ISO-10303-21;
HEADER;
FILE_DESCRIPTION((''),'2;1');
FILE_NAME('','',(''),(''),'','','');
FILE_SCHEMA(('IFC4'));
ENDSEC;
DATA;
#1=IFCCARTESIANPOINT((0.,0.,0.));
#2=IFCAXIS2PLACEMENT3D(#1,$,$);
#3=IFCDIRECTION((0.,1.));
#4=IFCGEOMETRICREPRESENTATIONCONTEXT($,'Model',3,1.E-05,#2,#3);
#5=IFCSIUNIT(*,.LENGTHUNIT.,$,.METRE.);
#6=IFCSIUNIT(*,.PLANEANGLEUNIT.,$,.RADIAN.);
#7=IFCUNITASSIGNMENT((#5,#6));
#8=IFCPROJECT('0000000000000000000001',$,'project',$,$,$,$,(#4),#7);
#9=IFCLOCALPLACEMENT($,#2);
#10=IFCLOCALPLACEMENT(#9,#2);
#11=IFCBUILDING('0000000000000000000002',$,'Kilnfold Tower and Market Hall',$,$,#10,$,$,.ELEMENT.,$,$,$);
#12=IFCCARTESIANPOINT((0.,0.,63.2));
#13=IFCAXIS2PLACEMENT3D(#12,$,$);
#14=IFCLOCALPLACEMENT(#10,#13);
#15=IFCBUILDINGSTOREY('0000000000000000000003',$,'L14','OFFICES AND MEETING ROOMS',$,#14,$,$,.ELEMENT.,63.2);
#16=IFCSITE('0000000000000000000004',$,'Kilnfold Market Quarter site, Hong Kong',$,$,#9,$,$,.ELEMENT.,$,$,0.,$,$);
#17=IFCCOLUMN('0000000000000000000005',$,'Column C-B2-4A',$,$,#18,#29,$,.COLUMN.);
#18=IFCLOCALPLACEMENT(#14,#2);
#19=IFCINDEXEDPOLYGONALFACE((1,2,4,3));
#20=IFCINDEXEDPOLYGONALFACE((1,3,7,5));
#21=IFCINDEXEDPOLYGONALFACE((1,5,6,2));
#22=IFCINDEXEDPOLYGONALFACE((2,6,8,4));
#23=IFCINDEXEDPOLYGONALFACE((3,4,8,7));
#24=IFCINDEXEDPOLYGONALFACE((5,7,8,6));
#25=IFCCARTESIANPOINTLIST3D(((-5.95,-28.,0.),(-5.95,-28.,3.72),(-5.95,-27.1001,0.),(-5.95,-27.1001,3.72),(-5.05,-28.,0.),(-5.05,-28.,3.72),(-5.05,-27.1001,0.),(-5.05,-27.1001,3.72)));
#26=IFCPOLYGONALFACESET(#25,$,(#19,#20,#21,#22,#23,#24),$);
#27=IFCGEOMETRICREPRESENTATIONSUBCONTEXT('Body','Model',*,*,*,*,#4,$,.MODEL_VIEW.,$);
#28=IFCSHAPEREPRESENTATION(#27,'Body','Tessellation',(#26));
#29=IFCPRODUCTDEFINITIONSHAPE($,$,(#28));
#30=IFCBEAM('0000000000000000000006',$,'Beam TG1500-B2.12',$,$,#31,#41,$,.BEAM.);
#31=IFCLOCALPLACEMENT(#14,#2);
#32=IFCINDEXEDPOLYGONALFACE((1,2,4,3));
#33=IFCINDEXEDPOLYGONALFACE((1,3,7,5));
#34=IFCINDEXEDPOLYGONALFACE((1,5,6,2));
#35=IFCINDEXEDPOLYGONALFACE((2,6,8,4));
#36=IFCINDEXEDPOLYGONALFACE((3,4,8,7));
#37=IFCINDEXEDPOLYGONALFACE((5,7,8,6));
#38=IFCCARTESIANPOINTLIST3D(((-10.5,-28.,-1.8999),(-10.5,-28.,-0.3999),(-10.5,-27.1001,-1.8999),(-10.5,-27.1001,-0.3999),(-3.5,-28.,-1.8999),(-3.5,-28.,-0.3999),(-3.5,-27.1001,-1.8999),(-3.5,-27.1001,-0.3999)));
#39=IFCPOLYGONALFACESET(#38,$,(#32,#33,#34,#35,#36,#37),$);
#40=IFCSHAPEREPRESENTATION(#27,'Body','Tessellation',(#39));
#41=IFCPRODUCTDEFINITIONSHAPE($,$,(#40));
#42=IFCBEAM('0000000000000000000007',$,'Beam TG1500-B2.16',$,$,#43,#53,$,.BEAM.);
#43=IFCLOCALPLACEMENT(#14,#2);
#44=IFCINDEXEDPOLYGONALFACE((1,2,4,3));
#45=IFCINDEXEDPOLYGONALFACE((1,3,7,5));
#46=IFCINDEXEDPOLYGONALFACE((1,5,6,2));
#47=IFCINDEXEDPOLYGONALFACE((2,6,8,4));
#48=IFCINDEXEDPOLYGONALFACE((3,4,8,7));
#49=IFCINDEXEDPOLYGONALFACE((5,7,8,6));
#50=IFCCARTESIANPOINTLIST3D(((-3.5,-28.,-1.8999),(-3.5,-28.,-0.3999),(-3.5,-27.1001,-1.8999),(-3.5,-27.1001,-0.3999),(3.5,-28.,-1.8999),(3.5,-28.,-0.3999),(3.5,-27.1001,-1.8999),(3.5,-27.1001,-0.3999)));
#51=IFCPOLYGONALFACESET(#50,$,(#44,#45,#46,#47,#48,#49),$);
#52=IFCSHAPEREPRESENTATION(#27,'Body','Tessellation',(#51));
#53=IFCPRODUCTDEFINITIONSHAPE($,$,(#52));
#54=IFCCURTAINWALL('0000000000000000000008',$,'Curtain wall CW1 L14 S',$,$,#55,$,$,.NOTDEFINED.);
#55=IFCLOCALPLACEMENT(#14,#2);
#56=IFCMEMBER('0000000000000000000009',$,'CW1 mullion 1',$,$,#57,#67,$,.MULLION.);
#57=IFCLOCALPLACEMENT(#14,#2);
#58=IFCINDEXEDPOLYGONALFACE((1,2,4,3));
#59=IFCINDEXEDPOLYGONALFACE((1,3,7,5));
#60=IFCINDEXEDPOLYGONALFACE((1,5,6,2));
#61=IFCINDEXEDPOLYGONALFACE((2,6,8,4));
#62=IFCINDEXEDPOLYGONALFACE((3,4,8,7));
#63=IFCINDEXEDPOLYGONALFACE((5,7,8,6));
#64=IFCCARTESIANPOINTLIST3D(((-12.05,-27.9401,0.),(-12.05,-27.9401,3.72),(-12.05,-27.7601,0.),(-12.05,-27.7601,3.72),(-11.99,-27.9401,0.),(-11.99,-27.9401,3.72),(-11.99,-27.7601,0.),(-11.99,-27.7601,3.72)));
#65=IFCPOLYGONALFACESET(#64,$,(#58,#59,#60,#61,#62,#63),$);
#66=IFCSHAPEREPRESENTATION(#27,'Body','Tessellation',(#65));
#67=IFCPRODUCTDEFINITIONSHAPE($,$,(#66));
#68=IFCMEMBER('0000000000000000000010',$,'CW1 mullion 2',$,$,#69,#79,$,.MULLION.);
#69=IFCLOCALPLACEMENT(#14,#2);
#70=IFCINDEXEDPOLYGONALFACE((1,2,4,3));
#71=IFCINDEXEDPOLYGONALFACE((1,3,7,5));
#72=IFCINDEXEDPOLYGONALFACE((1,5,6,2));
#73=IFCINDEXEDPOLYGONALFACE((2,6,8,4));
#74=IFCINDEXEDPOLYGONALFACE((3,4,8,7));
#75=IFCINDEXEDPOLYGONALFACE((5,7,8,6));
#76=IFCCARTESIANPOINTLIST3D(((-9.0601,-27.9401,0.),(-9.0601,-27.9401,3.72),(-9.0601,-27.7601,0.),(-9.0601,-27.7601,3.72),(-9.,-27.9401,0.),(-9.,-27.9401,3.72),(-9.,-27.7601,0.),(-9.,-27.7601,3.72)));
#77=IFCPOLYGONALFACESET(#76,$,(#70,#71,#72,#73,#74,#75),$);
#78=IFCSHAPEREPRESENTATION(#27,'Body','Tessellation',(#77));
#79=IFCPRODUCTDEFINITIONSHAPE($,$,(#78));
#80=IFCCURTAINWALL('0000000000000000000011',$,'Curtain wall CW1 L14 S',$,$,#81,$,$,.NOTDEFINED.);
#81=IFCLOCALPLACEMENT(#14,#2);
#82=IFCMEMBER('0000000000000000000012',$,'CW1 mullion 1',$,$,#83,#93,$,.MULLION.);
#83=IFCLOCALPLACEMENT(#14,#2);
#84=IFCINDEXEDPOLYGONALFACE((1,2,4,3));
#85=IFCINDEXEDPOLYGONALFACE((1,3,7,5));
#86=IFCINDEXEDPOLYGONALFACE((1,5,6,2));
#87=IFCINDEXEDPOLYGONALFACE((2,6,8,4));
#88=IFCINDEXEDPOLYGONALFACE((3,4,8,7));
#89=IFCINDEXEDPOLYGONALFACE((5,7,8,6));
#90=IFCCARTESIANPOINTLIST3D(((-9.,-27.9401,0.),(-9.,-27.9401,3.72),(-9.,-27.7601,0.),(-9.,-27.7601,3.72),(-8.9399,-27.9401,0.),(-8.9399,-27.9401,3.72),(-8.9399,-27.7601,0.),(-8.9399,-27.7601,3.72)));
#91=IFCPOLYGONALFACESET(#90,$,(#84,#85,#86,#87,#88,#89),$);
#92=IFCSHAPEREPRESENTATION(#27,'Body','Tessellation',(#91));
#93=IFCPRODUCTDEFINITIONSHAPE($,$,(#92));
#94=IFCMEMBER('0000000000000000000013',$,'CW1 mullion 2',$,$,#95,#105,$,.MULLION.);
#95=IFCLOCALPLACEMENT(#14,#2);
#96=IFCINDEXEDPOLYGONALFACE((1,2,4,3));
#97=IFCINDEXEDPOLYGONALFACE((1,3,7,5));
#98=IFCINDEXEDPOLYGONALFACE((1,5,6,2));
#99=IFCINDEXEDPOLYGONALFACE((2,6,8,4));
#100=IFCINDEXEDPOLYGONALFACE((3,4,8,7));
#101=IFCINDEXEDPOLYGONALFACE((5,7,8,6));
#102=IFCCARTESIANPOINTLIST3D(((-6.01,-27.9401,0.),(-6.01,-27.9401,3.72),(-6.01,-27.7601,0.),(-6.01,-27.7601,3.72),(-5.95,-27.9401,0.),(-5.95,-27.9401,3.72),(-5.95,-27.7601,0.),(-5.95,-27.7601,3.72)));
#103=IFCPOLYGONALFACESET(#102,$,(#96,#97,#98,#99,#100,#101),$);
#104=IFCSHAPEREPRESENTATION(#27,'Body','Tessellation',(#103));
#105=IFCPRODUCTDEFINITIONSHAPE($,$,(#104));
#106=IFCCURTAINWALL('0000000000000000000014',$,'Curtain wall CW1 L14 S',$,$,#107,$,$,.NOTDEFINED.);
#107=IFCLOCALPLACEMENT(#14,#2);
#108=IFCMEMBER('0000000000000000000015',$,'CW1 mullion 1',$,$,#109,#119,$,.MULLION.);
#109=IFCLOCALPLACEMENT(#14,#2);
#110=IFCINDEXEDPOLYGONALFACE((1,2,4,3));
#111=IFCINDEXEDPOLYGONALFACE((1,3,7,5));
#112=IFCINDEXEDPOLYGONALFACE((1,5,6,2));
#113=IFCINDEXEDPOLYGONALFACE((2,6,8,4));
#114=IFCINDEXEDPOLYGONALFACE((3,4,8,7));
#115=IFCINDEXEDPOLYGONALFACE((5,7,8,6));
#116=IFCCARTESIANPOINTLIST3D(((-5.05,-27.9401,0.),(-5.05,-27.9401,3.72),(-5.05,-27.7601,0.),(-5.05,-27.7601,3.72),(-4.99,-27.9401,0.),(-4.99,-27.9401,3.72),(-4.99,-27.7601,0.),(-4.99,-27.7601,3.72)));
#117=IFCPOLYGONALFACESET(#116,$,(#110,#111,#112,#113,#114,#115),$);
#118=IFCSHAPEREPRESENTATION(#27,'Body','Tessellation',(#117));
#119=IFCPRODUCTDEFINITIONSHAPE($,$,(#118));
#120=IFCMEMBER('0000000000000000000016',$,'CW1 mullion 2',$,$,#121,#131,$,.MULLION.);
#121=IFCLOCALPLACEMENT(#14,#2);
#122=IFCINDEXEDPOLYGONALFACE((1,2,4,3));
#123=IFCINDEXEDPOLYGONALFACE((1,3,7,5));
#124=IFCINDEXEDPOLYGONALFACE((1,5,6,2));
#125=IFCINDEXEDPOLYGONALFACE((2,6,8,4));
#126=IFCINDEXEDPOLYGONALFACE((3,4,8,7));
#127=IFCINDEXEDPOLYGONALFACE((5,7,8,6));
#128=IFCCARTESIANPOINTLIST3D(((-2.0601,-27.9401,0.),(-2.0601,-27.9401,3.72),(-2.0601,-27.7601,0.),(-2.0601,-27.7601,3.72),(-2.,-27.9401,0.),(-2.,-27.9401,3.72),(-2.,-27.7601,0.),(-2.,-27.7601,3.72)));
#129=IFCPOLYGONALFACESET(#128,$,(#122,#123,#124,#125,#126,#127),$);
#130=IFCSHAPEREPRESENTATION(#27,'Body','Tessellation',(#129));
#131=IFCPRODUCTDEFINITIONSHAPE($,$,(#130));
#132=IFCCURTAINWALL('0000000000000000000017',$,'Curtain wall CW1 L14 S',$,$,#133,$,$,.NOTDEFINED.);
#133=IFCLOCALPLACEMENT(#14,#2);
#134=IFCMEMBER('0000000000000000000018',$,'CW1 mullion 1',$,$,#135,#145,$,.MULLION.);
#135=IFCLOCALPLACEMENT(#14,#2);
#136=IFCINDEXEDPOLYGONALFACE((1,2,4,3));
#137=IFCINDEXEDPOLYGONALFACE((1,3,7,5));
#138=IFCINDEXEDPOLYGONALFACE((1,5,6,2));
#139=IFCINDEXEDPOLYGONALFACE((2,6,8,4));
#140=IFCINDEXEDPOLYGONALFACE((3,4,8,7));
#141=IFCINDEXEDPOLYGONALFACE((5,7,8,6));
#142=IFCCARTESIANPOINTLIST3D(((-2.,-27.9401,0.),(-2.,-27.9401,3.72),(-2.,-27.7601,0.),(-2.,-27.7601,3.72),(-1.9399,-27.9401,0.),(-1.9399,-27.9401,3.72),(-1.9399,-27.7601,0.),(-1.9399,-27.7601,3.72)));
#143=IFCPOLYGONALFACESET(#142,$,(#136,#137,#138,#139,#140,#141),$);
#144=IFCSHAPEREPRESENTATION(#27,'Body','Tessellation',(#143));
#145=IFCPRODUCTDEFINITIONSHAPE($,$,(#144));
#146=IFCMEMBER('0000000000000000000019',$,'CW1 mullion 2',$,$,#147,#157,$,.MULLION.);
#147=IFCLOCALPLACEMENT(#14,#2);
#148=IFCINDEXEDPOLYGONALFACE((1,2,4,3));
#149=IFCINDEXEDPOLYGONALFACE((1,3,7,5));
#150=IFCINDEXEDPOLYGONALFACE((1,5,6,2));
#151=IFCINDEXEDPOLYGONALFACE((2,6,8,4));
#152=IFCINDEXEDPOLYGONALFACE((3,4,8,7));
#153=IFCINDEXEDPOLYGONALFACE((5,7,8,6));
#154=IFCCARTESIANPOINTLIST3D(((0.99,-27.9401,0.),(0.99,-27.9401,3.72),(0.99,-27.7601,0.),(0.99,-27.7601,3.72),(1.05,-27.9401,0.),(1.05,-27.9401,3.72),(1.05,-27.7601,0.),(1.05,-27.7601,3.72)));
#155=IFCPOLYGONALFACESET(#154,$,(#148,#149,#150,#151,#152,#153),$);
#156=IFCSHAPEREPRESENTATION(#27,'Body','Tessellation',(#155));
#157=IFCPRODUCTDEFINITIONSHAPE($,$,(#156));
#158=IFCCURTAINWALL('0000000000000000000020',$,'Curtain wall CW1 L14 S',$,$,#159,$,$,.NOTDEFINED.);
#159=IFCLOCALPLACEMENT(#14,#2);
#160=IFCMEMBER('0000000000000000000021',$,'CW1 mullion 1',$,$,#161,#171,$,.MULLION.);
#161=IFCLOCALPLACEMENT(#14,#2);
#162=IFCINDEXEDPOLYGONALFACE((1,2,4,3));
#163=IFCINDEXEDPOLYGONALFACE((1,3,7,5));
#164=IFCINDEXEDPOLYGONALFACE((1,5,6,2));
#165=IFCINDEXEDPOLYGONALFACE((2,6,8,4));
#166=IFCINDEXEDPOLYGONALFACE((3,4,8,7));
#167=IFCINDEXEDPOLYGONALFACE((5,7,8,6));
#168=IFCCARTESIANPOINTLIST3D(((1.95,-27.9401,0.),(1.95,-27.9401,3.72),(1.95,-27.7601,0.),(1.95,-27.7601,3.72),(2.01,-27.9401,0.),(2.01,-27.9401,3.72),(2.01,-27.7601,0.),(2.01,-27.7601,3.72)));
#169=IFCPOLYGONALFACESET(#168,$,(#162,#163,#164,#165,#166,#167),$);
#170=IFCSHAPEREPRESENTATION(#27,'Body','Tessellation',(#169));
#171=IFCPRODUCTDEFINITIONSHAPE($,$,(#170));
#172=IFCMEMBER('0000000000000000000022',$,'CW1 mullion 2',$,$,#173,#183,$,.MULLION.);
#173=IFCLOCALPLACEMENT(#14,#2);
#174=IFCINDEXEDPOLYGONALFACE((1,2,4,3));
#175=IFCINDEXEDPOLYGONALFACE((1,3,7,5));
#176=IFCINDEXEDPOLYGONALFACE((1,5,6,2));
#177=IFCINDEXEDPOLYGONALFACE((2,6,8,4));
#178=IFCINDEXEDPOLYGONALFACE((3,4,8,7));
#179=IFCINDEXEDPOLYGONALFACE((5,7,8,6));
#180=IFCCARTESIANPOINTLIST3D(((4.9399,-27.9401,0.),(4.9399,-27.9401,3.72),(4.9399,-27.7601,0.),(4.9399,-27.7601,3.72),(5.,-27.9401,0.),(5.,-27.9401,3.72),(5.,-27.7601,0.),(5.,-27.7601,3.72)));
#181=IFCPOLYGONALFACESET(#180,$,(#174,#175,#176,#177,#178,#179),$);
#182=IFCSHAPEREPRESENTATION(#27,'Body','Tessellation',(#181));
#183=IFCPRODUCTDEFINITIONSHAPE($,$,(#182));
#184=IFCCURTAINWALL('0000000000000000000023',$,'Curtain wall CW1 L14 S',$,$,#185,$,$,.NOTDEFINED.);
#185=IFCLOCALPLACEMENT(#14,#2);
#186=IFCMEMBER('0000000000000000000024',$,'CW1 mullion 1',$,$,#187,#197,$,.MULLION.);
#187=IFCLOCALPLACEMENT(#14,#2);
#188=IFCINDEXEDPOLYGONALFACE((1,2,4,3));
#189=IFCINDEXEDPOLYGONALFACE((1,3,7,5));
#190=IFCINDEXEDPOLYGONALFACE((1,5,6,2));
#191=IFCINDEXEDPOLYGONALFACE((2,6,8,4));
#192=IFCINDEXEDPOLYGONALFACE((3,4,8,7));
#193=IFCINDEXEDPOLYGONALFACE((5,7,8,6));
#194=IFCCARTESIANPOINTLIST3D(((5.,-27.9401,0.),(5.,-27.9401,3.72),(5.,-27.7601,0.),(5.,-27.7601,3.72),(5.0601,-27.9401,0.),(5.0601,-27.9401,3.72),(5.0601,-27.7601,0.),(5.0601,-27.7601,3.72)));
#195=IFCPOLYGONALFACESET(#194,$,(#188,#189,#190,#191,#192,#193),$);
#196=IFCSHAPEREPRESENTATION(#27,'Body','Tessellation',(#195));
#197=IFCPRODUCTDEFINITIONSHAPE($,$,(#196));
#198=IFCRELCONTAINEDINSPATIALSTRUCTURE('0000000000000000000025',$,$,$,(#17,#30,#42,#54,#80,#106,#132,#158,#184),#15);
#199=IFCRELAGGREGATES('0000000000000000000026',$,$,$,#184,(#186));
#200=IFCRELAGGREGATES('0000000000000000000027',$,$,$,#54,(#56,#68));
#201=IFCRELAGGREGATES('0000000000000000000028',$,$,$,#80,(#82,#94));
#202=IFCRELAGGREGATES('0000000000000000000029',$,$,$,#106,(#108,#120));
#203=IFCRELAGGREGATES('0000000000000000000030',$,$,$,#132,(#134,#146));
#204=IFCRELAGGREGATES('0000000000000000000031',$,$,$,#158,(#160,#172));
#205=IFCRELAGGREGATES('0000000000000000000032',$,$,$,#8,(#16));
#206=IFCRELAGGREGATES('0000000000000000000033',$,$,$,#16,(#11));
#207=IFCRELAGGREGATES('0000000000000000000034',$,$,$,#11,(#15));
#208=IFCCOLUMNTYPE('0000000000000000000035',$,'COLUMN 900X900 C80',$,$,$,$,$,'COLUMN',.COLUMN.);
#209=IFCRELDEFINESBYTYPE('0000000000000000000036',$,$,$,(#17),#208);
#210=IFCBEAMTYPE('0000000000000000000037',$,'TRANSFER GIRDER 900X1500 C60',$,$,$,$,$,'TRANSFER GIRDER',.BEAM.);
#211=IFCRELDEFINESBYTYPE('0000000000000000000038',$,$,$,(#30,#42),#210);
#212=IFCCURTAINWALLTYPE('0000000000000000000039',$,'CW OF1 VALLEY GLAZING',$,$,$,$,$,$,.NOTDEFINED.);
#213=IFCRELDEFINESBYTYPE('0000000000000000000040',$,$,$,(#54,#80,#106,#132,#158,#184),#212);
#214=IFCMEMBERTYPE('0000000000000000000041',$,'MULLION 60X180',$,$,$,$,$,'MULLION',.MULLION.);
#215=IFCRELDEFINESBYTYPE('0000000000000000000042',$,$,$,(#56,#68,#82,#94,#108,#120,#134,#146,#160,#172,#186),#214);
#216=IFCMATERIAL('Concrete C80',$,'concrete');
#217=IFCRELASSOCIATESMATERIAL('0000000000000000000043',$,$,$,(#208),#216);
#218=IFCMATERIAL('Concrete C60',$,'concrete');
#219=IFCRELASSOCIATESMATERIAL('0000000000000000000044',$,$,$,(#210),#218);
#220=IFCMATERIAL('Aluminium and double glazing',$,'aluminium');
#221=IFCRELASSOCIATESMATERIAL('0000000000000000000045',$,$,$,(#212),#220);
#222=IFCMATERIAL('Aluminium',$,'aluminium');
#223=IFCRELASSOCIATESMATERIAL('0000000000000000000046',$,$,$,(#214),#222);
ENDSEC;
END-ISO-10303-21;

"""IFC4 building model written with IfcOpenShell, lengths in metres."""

from ifc_helpers import new_model, si_unit, direction, frame, origin, origin_2d, place, context, subcontext, project, spatial, rectangle, extrude, source, transform, mapped, material, material_profile, profile_set, type_object, element, aggregate, save


model = new_model("IFC4")

# Units and contexts
model_context = context("Model", 3, precision=1e-05, world=origin(), true_north=direction((0.0, 1.0)))
body_context = subcontext(model_context, "Body", "Model", "MODEL_VIEW")
ifc_project = project(units=[si_unit("LENGTHUNIT", "METRE"), si_unit("PLANEANGLEUNIT", "RADIAN")], contexts=[model_context])

# Site, building, storey
site_placement = place(None, origin())
site = spatial("IfcSite", under=ifc_project, at=site_placement, Name="Kilnfold Market Quarter site, Hong Kong", CompositionType="ELEMENT", RefElevation=0.0)
building_placement = place(site_placement, origin())
building = spatial("IfcBuilding", under=site, at=building_placement, Name="Kilnfold Tower and Market Hall", CompositionType="ELEMENT")
storey_placement = place(building_placement, frame((0.0, 0.0, 63.2)))
storey = spatial("IfcBuildingStorey", under=building, at=storey_placement, Name="L14", Description="OFFICES AND MEETING ROOMS", CompositionType="ELEMENT", Elevation=63.2)

# Column
ifc_material_1 = material(Name="Concrete C80", Category="concrete")
ifc_material_profile_1 = material_profile(ifc_material_1, rectangle(XDim=0.8999, YDim=0.8999, at=origin_2d()), Name="RC 900x900")
ifc_profile_set_1 = profile_set([ifc_material_profile_1], Name="Concrete C80")
column_type = type_object("IfcColumnType", Name="COLUMN 900X900 C80", ElementType="COLUMN", PredefinedType="COLUMN", material=ifc_profile_set_1)
shared_shape_1 = source(origin(), body_context, "Body", "SweptSolid", [
    extrude(rectangle(XDim=0.8999, YDim=0.8999, at=origin_2d()), origin(), (0.0, 0.0, 1.0), 3.72),
])
column_placement = place(storey_placement, frame((-5.5, -27.55, 0.0), z_axis=(0.0, 0.0, 1.0), x_axis=(1.0, 0.0, 0.0)))
element("IfcColumn", 1, at=column_placement, inside=storey, type_object=column_type, Name="Column C-B2-4A", PredefinedType="COLUMN", context=body_context, shape_type="MappedRepresentation", body=[
    mapped(shared_shape_1, transform((0.0, 0.0, 0.0))),
])

# Beams
ifc_material_2 = material(Name="Concrete C60", Category="concrete")
ifc_material_profile_2 = material_profile(ifc_material_2, rectangle(XDim=0.8999, YDim=1.5, at=origin_2d()), Name="RC 900x1500")
ifc_profile_set_2 = profile_set([ifc_material_profile_2], Name="Concrete C60")
beam_type = type_object("IfcBeamType", Name="TRANSFER GIRDER 900X1500 C60", ElementType="TRANSFER GIRDER", PredefinedType="BEAM", material=ifc_profile_set_2)
shared_shape_2 = source(origin(), body_context, "Body", "SweptSolid", [
    extrude(rectangle(XDim=0.8999, YDim=1.5, at=origin_2d()), origin(), (0.0, 0.0, 1.0), 7.0),
])
for number, where, z_axis, x_axis, name in (
    (2, (-10.5, -27.55, -1.1499), (1.0, 0.0, 0.0), (0.0, 1.0, 0.0), "Beam TG1500-B2.12"),
    (3, (-3.5, -27.55, -1.1499), (1.0, 0.0, 0.0), (0.0, 1.0, 0.0), "Beam TG1500-B2.16"),
):
    element("IfcBeam", number, at=place(storey_placement, frame(where, z_axis=z_axis, x_axis=x_axis)), inside=storey, type_object=beam_type, Name=name, PredefinedType="BEAM", context=body_context, shape_type="MappedRepresentation", body=[
        mapped(shared_shape_2, transform((0.0, 0.0, 0.0))),
    ])

# Curtain walls, members
ifc_material_3 = material(Name="Aluminium and double glazing", Category="aluminium")
curtain_wall_type = type_object("IfcCurtainWallType", Name="CW OF1 VALLEY GLAZING", PredefinedType="NOTDEFINED", material=ifc_material_3)
curtain_wall_1_placement = place(storey_placement, origin())
curtain_wall_1 = element("IfcCurtainWall", 4, at=curtain_wall_1_placement, inside=storey, type_object=curtain_wall_type, Name="Curtain wall CW1 L14 S", PredefinedType="NOTDEFINED")
ifc_material_4 = material(Name="Aluminium", Category="aluminium")
ifc_material_profile_3 = material_profile(ifc_material_4, rectangle(XDim=0.0601, YDim=0.1799, at=origin_2d()), Name="MULLION 60x180")
ifc_profile_set_3 = profile_set([ifc_material_profile_3], Name="Aluminium")
member_type_1 = type_object("IfcMemberType", Name="MULLION 60X180", ElementType="MULLION", PredefinedType="MULLION", material=ifc_profile_set_3)
shared_shape_3 = source(origin(), body_context, "Body", "SweptSolid", [
    extrude(rectangle(XDim=0.0601, YDim=0.1799, at=origin_2d()), origin(), (0.0, 0.0, 1.0), 3.72),
])
member_1_placement = place(storey_placement, frame((-12.02, -27.8501, 0.0), z_axis=(0.0, 0.0, 1.0), x_axis=(1.0, 0.0, 0.0)))
member_1 = element("IfcMember", 5, at=member_1_placement, type_object=member_type_1, Name="CW1 mullion 1", PredefinedType="MULLION", context=body_context, shape_type="MappedRepresentation", body=[
    mapped(shared_shape_3, transform((0.0, 0.0, 0.0))),
])
member_2_placement = place(storey_placement, frame((-9.03, -27.8501, 0.0), z_axis=(0.0, 0.0, 1.0), x_axis=(1.0, 0.0, 0.0)))
member_2 = element("IfcMember", 6, at=member_2_placement, type_object=member_type_1, Name="CW1 mullion 2", PredefinedType="MULLION", context=body_context, shape_type="MappedRepresentation", body=[
    mapped(shared_shape_3, transform((0.0, 0.0, 0.0))),
])
curtain_wall_2_placement = place(storey_placement, origin())
curtain_wall_2 = element("IfcCurtainWall", 7, at=curtain_wall_2_placement, inside=storey, type_object=curtain_wall_type, Name="Curtain wall CW1 L14 S", PredefinedType="NOTDEFINED")
member_3_placement = place(storey_placement, frame((-8.97, -27.8501, 0.0), z_axis=(0.0, 0.0, 1.0), x_axis=(1.0, 0.0, 0.0)))
member_3 = element("IfcMember", 8, at=member_3_placement, type_object=member_type_1, Name="CW1 mullion 1", PredefinedType="MULLION", context=body_context, shape_type="MappedRepresentation", body=[
    mapped(shared_shape_3, transform((0.0, 0.0, 0.0))),
])
member_4_placement = place(storey_placement, frame((-5.98, -27.8501, 0.0), z_axis=(0.0, 0.0, 1.0), x_axis=(1.0, 0.0, 0.0)))
member_4 = element("IfcMember", 9, at=member_4_placement, type_object=member_type_1, Name="CW1 mullion 2", PredefinedType="MULLION", context=body_context, shape_type="MappedRepresentation", body=[
    mapped(shared_shape_3, transform((0.0, 0.0, 0.0))),
])
curtain_wall_3_placement = place(storey_placement, origin())
curtain_wall_3 = element("IfcCurtainWall", 10, at=curtain_wall_3_placement, inside=storey, type_object=curtain_wall_type, Name="Curtain wall CW1 L14 S", PredefinedType="NOTDEFINED")
member_5_placement = place(storey_placement, frame((-5.02, -27.8501, 0.0), z_axis=(0.0, 0.0, 1.0), x_axis=(1.0, 0.0, 0.0)))
member_5 = element("IfcMember", 11, at=member_5_placement, type_object=member_type_1, Name="CW1 mullion 1", PredefinedType="MULLION", context=body_context, shape_type="MappedRepresentation", body=[
    mapped(shared_shape_3, transform((0.0, 0.0, 0.0))),
])
member_6_placement = place(storey_placement, frame((-2.03, -27.8501, 0.0), z_axis=(0.0, 0.0, 1.0), x_axis=(1.0, 0.0, 0.0)))
member_6 = element("IfcMember", 12, at=member_6_placement, type_object=member_type_1, Name="CW1 mullion 2", PredefinedType="MULLION", context=body_context, shape_type="MappedRepresentation", body=[
    mapped(shared_shape_3, transform((0.0, 0.0, 0.0))),
])
curtain_wall_4_placement = place(storey_placement, origin())
curtain_wall_4 = element("IfcCurtainWall", 13, at=curtain_wall_4_placement, inside=storey, type_object=curtain_wall_type, Name="Curtain wall CW1 L14 S", PredefinedType="NOTDEFINED")
member_7_placement = place(storey_placement, frame((-1.97, -27.8501, 0.0), z_axis=(0.0, 0.0, 1.0), x_axis=(1.0, 0.0, 0.0)))
member_7 = element("IfcMember", 14, at=member_7_placement, type_object=member_type_1, Name="CW1 mullion 1", PredefinedType="MULLION", context=body_context, shape_type="MappedRepresentation", body=[
    mapped(shared_shape_3, transform((0.0, 0.0, 0.0))),
])
member_8_placement = place(storey_placement, frame((1.02, -27.8501, 0.0), z_axis=(0.0, 0.0, 1.0), x_axis=(1.0, 0.0, 0.0)))
member_8 = element("IfcMember", 15, at=member_8_placement, type_object=member_type_1, Name="CW1 mullion 2", PredefinedType="MULLION", context=body_context, shape_type="MappedRepresentation", body=[
    mapped(shared_shape_3, transform((0.0, 0.0, 0.0))),
])
curtain_wall_5_placement = place(storey_placement, origin())
curtain_wall_5 = element("IfcCurtainWall", 16, at=curtain_wall_5_placement, inside=storey, type_object=curtain_wall_type, Name="Curtain wall CW1 L14 S", PredefinedType="NOTDEFINED")
member_9_placement = place(storey_placement, frame((1.98, -27.8501, 0.0), z_axis=(0.0, 0.0, 1.0), x_axis=(1.0, 0.0, 0.0)))
member_9 = element("IfcMember", 17, at=member_9_placement, type_object=member_type_1, Name="CW1 mullion 1", PredefinedType="MULLION", context=body_context, shape_type="MappedRepresentation", body=[
    mapped(shared_shape_3, transform((0.0, 0.0, 0.0))),
])
member_10_placement = place(storey_placement, frame((4.97, -27.8501, 0.0), z_axis=(0.0, 0.0, 1.0), x_axis=(1.0, 0.0, 0.0)))
member_10 = element("IfcMember", 18, at=member_10_placement, type_object=member_type_1, Name="CW1 mullion 2", PredefinedType="MULLION", context=body_context, shape_type="MappedRepresentation", body=[
    mapped(shared_shape_3, transform((0.0, 0.0, 0.0))),
])

# Curtain wall, member
curtain_wall_6_placement = place(storey_placement, origin())
curtain_wall_6 = element("IfcCurtainWall", 19, at=curtain_wall_6_placement, inside=storey, type_object=curtain_wall_type, Name="Curtain wall CW1 L14 S", PredefinedType="NOTDEFINED")
member_11_placement = place(storey_placement, frame((5.03, -27.8501, 0.0), z_axis=(0.0, 0.0, 1.0), x_axis=(1.0, 0.0, 0.0)))
member_11 = element("IfcMember", 20, at=member_11_placement, type_object=member_type_1, Name="CW1 mullion 1", PredefinedType="MULLION", context=body_context, shape_type="MappedRepresentation", body=[
    mapped(shared_shape_3, transform((0.0, 0.0, 0.0))),
])

aggregate(curtain_wall_6, [member_11])

aggregate(curtain_wall_1, [member_1, member_2])
aggregate(curtain_wall_2, [member_3, member_4])
aggregate(curtain_wall_3, [member_5, member_6])
aggregate(curtain_wall_4, [member_7, member_8])
aggregate(curtain_wall_5, [member_9, member_10])

save(model, "model.ifc")
